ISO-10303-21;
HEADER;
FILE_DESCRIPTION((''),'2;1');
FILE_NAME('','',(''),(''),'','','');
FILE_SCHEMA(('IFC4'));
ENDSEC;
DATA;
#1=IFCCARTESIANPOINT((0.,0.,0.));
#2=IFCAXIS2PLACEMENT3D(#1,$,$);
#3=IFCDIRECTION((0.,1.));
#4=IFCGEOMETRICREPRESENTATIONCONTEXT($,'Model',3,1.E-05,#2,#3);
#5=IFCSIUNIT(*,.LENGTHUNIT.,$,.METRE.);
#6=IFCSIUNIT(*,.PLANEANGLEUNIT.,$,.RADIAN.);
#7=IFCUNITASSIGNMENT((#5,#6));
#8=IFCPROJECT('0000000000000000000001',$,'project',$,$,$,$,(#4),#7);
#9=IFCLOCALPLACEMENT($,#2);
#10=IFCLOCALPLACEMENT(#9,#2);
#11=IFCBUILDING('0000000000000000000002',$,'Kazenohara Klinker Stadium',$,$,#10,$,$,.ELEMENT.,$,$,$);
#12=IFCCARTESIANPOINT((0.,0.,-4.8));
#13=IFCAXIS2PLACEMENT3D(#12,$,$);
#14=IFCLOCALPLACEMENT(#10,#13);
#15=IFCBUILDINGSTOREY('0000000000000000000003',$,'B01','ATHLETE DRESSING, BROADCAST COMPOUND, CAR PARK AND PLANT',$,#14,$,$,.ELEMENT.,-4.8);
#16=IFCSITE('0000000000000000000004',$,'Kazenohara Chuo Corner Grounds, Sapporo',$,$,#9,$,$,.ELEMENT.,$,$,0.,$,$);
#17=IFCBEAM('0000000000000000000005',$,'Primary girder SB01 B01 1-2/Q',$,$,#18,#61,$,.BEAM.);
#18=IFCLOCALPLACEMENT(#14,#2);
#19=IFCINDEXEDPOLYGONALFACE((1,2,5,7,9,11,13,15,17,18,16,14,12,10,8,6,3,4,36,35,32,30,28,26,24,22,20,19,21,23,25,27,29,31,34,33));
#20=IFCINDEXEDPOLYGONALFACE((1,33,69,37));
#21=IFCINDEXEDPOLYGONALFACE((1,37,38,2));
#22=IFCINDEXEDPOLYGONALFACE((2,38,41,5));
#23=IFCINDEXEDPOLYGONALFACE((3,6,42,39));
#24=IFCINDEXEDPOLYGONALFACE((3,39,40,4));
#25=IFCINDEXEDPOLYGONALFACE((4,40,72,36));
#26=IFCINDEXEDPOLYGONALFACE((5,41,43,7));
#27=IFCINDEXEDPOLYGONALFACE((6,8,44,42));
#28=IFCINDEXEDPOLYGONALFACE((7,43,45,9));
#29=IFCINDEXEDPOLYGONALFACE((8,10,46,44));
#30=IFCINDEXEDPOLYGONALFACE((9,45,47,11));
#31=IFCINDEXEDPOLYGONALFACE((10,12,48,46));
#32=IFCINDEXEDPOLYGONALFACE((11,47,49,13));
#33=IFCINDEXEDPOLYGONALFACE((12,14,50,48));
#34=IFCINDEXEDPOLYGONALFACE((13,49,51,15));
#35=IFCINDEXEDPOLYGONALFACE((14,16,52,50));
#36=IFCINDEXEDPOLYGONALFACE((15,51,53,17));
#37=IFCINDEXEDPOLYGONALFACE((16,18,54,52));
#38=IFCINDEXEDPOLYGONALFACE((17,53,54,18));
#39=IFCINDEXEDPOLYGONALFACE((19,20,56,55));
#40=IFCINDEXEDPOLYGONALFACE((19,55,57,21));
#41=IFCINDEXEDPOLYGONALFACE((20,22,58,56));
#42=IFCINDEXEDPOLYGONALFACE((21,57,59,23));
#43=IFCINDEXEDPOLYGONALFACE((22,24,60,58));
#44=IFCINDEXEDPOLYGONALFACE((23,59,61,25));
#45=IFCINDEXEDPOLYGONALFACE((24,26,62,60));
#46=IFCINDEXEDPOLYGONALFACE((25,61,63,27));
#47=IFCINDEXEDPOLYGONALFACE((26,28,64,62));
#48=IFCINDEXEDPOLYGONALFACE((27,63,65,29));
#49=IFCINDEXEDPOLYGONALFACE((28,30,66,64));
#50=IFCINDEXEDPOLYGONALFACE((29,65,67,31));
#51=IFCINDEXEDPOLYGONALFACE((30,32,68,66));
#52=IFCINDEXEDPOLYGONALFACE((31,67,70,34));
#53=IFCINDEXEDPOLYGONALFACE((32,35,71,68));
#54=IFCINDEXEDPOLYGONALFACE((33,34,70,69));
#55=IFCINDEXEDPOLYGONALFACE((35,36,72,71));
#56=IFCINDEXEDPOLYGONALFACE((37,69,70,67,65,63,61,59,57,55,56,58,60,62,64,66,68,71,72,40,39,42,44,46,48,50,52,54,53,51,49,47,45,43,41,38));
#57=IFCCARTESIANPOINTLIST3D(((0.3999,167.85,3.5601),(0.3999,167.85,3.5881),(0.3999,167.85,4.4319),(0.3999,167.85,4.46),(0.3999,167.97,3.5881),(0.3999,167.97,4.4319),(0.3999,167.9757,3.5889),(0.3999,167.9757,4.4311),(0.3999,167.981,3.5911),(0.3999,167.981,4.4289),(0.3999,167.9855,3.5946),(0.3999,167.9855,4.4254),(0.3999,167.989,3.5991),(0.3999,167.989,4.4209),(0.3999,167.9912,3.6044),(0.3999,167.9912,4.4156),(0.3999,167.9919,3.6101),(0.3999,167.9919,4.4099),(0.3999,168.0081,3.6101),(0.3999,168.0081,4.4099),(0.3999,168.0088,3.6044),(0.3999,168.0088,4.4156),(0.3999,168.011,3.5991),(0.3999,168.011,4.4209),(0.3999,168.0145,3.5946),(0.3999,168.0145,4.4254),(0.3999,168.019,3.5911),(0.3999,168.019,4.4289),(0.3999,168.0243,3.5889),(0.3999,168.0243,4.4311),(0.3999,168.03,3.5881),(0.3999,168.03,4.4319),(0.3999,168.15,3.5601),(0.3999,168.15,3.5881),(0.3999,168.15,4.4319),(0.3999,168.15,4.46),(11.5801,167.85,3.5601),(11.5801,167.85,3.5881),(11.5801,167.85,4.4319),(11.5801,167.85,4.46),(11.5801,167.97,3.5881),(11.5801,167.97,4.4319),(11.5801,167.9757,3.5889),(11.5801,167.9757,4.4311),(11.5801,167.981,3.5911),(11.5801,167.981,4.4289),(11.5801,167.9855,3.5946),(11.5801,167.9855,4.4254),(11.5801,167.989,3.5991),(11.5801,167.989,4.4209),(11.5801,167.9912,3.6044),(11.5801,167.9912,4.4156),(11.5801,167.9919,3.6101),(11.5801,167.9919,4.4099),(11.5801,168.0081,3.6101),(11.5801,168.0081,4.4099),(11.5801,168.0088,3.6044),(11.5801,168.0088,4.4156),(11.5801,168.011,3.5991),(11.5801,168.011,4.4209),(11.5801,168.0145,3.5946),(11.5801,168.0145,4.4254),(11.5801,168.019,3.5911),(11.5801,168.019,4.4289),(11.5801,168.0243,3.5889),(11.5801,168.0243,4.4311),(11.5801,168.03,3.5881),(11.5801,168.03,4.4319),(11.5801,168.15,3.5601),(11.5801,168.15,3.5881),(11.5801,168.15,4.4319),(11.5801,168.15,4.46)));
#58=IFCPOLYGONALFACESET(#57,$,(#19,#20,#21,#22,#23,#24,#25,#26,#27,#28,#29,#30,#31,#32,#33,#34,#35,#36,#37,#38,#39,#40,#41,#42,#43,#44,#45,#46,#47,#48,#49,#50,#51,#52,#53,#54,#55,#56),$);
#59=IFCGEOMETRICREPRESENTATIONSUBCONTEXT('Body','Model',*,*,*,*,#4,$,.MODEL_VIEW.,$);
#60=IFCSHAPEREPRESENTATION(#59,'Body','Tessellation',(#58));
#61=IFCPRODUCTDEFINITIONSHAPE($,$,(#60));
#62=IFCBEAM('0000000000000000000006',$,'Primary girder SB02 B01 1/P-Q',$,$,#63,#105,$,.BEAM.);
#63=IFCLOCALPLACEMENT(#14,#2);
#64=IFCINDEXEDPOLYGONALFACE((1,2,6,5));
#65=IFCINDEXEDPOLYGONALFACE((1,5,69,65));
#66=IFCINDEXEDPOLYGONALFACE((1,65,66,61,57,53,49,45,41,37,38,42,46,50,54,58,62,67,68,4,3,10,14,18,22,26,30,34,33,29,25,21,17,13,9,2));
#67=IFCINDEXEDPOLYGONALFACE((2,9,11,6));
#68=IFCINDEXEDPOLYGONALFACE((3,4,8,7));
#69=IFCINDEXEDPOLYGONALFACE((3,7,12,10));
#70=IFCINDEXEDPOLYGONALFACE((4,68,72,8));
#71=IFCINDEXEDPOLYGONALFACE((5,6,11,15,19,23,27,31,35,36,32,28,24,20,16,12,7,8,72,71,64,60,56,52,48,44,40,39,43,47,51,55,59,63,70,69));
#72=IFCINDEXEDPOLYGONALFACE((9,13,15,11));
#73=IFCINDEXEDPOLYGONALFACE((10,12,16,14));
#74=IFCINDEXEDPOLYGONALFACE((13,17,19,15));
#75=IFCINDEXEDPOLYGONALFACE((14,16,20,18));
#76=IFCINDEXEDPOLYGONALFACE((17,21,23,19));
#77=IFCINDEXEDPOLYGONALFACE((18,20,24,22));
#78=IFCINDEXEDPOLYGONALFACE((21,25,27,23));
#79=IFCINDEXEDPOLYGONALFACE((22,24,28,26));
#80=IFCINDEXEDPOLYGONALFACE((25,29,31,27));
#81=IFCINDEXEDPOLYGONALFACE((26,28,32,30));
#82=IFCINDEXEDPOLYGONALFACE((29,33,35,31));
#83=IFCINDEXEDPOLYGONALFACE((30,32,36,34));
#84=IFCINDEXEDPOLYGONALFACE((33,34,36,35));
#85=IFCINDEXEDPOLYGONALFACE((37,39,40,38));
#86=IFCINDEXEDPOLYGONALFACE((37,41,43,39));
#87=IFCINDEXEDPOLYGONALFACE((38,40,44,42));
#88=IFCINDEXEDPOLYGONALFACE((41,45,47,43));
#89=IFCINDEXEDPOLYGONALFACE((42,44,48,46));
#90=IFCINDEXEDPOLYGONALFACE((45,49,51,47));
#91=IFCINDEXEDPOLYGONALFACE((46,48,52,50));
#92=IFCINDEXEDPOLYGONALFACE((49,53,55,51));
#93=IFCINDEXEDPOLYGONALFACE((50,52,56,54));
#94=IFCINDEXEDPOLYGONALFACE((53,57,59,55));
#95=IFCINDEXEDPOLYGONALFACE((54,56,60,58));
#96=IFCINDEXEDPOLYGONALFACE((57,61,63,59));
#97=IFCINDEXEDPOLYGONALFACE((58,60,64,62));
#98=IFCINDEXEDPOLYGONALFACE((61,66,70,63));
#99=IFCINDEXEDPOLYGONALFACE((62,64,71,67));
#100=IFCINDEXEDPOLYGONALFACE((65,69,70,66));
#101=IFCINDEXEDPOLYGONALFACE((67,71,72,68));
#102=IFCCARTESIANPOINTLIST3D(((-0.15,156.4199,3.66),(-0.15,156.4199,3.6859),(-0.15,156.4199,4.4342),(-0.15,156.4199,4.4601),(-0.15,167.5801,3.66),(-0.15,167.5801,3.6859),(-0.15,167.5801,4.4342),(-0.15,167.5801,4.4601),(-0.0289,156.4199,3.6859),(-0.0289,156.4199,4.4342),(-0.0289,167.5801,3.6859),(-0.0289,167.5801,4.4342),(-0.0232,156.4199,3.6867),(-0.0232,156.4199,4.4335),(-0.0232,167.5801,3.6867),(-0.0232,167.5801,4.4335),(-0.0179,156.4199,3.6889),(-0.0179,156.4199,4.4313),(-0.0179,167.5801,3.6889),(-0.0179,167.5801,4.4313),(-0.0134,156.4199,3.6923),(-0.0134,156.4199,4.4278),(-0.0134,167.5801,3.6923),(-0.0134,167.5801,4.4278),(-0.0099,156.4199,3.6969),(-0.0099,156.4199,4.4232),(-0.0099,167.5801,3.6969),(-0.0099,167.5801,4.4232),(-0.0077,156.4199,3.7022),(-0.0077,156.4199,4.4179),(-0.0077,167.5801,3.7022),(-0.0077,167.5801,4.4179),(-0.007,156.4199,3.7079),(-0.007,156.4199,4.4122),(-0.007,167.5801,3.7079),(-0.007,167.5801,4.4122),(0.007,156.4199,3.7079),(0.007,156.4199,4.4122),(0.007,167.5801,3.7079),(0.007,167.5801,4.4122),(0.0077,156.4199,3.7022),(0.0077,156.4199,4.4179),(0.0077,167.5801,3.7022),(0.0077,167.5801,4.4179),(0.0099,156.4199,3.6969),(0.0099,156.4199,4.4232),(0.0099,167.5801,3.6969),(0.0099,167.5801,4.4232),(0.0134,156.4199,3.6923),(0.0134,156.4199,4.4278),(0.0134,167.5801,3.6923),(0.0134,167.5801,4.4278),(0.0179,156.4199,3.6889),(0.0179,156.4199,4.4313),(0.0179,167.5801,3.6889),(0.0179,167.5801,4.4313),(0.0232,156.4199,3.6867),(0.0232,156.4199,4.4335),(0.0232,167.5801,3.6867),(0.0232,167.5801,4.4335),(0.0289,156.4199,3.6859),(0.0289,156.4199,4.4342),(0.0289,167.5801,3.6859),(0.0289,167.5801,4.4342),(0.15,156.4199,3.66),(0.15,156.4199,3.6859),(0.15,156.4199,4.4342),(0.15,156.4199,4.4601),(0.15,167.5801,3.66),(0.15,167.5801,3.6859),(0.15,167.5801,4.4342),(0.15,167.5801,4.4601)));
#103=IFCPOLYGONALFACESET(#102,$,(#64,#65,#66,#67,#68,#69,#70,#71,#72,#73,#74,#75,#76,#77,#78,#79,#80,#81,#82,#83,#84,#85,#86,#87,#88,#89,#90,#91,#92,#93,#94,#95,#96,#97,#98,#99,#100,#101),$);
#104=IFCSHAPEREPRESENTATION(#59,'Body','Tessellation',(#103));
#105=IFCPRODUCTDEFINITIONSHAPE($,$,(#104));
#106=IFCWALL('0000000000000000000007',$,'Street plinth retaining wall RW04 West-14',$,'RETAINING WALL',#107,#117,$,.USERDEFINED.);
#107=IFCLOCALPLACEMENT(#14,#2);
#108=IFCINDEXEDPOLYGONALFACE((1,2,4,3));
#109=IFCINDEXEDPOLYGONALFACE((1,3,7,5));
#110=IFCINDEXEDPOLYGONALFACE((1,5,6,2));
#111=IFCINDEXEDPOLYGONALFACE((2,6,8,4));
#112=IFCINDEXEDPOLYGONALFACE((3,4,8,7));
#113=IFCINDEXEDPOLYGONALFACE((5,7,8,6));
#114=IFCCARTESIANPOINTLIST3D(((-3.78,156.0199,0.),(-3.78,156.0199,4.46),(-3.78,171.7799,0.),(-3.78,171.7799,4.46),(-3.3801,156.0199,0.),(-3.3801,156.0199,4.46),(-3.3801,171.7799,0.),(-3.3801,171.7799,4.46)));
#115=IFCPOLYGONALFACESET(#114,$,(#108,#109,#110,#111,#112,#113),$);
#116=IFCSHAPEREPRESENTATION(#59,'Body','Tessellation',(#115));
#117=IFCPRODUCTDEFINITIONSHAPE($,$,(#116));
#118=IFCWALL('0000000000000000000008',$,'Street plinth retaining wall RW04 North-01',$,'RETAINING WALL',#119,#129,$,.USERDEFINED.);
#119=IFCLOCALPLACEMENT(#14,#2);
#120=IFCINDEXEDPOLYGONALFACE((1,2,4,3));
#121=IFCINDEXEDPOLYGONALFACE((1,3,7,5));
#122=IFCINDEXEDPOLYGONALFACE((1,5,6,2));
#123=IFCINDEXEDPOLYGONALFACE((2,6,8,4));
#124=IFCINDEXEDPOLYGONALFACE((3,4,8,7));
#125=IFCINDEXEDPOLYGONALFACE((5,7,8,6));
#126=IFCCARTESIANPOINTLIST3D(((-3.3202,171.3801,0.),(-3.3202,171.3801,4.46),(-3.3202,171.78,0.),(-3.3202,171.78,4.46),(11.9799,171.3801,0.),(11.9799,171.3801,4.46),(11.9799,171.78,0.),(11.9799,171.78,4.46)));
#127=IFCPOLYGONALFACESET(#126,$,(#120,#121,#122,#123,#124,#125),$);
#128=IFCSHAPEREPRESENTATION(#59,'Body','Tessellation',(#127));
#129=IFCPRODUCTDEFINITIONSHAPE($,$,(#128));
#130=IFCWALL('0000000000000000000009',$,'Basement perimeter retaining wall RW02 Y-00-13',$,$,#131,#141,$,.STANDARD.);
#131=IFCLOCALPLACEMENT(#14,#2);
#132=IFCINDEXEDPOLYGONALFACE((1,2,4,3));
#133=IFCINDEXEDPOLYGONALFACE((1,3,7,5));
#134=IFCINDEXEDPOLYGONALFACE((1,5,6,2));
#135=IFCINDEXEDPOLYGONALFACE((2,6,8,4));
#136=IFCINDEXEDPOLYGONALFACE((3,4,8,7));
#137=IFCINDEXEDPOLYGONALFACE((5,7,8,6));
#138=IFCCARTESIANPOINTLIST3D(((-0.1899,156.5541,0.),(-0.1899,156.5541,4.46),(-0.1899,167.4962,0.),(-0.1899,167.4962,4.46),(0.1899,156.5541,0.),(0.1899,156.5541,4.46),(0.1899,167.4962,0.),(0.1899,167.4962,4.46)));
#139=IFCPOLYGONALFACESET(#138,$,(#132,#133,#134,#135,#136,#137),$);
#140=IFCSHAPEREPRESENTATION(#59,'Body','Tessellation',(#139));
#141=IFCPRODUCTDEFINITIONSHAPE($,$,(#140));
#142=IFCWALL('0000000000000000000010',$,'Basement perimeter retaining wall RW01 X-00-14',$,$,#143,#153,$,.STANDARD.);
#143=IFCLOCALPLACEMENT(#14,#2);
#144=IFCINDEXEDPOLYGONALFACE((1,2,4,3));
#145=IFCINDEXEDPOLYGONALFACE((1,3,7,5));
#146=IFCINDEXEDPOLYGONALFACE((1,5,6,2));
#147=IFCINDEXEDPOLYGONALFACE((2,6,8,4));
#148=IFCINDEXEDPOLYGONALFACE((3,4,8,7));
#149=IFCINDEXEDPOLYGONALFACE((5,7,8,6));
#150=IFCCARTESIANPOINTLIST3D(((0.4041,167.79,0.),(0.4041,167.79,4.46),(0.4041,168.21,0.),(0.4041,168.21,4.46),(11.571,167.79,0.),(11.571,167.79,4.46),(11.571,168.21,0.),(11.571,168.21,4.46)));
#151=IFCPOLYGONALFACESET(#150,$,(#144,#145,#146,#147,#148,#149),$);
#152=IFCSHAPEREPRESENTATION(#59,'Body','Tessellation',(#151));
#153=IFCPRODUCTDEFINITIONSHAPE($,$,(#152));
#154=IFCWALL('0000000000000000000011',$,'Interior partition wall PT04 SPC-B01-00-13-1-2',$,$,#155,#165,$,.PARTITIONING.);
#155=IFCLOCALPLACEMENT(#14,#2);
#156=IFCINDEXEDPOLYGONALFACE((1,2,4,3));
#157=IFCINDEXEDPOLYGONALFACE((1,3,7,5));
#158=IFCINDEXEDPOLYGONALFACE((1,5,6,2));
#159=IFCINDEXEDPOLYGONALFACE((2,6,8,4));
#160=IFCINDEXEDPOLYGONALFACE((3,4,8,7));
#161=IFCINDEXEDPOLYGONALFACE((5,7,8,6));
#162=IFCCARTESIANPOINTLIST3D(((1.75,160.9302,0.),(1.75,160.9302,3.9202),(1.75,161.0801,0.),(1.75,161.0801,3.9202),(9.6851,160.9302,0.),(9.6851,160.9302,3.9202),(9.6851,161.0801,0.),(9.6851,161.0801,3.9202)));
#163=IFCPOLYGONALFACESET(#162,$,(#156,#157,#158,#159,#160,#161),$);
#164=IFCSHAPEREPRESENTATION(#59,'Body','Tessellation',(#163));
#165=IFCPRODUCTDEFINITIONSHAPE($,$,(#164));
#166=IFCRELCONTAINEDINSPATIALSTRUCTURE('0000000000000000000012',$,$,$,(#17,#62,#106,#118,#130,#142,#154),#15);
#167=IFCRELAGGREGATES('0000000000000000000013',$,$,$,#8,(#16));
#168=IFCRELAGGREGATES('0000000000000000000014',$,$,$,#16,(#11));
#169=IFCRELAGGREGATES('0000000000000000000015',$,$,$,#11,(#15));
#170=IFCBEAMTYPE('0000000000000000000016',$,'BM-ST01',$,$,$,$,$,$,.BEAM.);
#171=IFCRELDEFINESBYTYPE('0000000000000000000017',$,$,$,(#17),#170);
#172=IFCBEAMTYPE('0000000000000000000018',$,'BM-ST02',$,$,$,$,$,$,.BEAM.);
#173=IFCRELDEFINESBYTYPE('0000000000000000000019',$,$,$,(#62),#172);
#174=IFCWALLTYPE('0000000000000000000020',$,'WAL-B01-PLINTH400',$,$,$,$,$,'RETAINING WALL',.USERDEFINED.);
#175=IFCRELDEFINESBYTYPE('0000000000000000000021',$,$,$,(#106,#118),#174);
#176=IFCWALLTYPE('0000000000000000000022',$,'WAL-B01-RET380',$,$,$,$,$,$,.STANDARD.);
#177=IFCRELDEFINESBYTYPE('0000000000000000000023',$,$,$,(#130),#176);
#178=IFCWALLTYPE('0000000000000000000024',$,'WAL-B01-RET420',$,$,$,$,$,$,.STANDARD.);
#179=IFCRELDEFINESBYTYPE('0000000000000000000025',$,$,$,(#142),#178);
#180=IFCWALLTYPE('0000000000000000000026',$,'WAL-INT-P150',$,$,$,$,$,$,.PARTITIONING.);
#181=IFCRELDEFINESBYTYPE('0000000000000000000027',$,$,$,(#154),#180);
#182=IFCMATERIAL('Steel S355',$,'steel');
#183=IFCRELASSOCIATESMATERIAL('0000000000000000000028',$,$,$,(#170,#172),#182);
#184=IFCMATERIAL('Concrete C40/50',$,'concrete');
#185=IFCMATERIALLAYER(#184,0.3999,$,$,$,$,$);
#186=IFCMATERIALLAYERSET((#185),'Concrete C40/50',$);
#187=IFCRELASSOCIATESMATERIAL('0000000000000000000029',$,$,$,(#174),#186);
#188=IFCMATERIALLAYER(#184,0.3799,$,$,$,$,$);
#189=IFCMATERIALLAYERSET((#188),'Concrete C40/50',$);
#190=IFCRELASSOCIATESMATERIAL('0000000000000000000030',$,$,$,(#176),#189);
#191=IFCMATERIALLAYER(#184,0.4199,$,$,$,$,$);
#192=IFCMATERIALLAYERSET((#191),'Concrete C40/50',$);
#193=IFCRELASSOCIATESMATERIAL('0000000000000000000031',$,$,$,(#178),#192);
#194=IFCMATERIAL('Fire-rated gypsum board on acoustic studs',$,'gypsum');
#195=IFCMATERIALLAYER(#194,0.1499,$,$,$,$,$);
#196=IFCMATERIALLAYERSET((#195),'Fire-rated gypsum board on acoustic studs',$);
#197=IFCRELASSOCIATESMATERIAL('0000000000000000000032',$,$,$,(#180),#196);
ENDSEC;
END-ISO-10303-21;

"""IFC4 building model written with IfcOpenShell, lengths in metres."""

from ifc_helpers import new_model, si_unit, direction, frame, frame_2d, origin, origin_2d, place, context, subcontext, project, spatial, rectangle, i_section, extrude, material, layer, layer_set, material_profile, profile_set, type_object, element, save


model = new_model("IFC4")

# Units and contexts
model_context = context("Model", 3, precision=1e-05, world=origin(), true_north=direction((0.0, 1.0)))
body_context = subcontext(model_context, "Body", "Model", "MODEL_VIEW")
ifc_project = project(units=[si_unit("LENGTHUNIT", "METRE"), si_unit("PLANEANGLEUNIT", "RADIAN")], contexts=[model_context])

# Site, building, storey
site_placement = place(None, origin())
site = spatial("IfcSite", under=ifc_project, at=site_placement, Name="Kazenohara Chuo Corner Grounds, Sapporo", CompositionType="ELEMENT", RefElevation=0.0)
building_placement = place(site_placement, origin())
building = spatial("IfcBuilding", under=site, at=building_placement, Name="Kazenohara Klinker Stadium", CompositionType="ELEMENT")
storey_placement = place(building_placement, frame((0.0, 0.0, -4.8)))
storey = spatial("IfcBuildingStorey", under=building, at=storey_placement, Name="B01", Description="ATHLETE DRESSING, BROADCAST COMPOUND, CAR PARK AND PLANT", CompositionType="ELEMENT", Elevation=-4.8)

# Shared definitions
ifc_material_1 = material(Name="Concrete C40/50", Category="concrete")

# Beams
ifc_material_2 = material(Name="Steel S355", Category="steel")
ifc_material_profile_1 = material_profile(ifc_material_2, i_section(OverallWidth=0.3, OverallDepth=0.8999, WebThickness=0.0161, FlangeThickness=0.0281, FilletRadius=0.022, at=origin_2d()), Name="H-900x300x16x28")
ifc_profile_set_1 = profile_set([ifc_material_profile_1], Name="Steel S355")
beam_type_1 = type_object("IfcBeamType", Name="BM-ST01", PredefinedType="BEAM", material=ifc_profile_set_1)
beam_1_placement = place(storey_placement, frame((0.3999, 168.0, 4.01), z_axis=(1.0, 0.0, 0.0), x_axis=(0.0, 1.0, 0.0)))
element("IfcBeam", 1, at=beam_1_placement, inside=storey, type_object=beam_type_1, Name="Primary girder SB01 B01 1-2/Q", PredefinedType="BEAM", context=body_context, shape_type="SweptSolid", body=[
    extrude(i_section(OverallWidth=0.3, OverallDepth=0.8999, WebThickness=0.0161, FlangeThickness=0.0281, FilletRadius=0.022, at=origin_2d()), origin(), (0.0, 0.0, 1.0), 11.1802),
])
ifc_material_profile_2 = material_profile(ifc_material_2, i_section(OverallWidth=0.3, OverallDepth=0.8, WebThickness=0.0139, FlangeThickness=0.0259, FilletRadius=0.022, at=origin_2d()), Name="H-800x300x14x26")
ifc_profile_set_2 = profile_set([ifc_material_profile_2], Name="Steel S355")
beam_type_2 = type_object("IfcBeamType", Name="BM-ST02", PredefinedType="BEAM", material=ifc_profile_set_2)
beam_2_placement = place(storey_placement, frame((0.0, 156.4199, 4.0601), z_axis=(0.0, 1.0, 0.0), x_axis=(-1.0, 0.0, 0.0)))
element("IfcBeam", 2, at=beam_2_placement, inside=storey, type_object=beam_type_2, Name="Primary girder SB02 B01 1/P-Q", PredefinedType="BEAM", context=body_context, shape_type="SweptSolid", body=[
    extrude(i_section(OverallWidth=0.3, OverallDepth=0.8, WebThickness=0.0139, FlangeThickness=0.0259, FilletRadius=0.022, at=origin_2d()), origin(), (0.0, 0.0, 1.0), 11.1602),
])

# Walls
ifc_layer_1 = layer(ifc_material_1, 0.3999)
ifc_layer_set_1 = layer_set([ifc_layer_1], Name="Concrete C40/50")
wall_type_1 = type_object("IfcWallType", Name="WAL-B01-PLINTH400", ElementType="RETAINING WALL", PredefinedType="USERDEFINED", material=ifc_layer_set_1)
wall_1_placement = place(storey_placement, frame((-3.5801, 156.02, 0.0), z_axis=(0.0, 0.0, 1.0), x_axis=(0.0, 1.0, 0.0)))
element("IfcWall", 3, at=wall_1_placement, inside=storey, type_object=wall_type_1, Name="Street plinth retaining wall RW04 West-14", ObjectType="RETAINING WALL", PredefinedType="USERDEFINED", context=body_context, shape_type="SweptSolid", body=[
    extrude(rectangle(XDim=15.76, YDim=0.3999, at=frame_2d((7.8799, 0.0))), origin(), (0.0, 0.0, 1.0), 4.46),
])
wall_2_placement = place(storey_placement, frame((-3.3201, 171.5801, 0.0), z_axis=(0.0, 0.0, 1.0), x_axis=(1.0, 0.0, 0.0)))
element("IfcWall", 4, at=wall_2_placement, inside=storey, type_object=wall_type_1, Name="Street plinth retaining wall RW04 North-01", ObjectType="RETAINING WALL", PredefinedType="USERDEFINED", context=body_context, shape_type="SweptSolid", body=[
    extrude(rectangle(XDim=15.3, YDim=0.3999, at=frame_2d((7.6499, 0.0))), origin(), (0.0, 0.0, 1.0), 4.46),
])
ifc_layer_2 = layer(ifc_material_1, 0.3799)
ifc_layer_set_2 = layer_set([ifc_layer_2], Name="Concrete C40/50")
wall_type_2 = type_object("IfcWallType", Name="WAL-B01-RET380", PredefinedType="STANDARD", material=ifc_layer_set_2)
wall_3_placement = place(storey_placement, frame((0.0, 156.554, 0.0), z_axis=(0.0, 0.0, 1.0), x_axis=(0.0, 1.0, 0.0)))
element("IfcWall", 5, at=wall_3_placement, inside=storey, type_object=wall_type_2, Name="Basement perimeter retaining wall RW02 Y-00-13", PredefinedType="STANDARD", context=body_context, shape_type="SweptSolid", body=[
    extrude(rectangle(XDim=10.9421, YDim=0.3799, at=frame_2d((5.4712, 0.0))), origin(), (0.0, 0.0, 1.0), 4.46),
])
ifc_layer_3 = layer(ifc_material_1, 0.4199)
ifc_layer_set_3 = layer_set([ifc_layer_3], Name="Concrete C40/50")
wall_type_3 = type_object("IfcWallType", Name="WAL-B01-RET420", PredefinedType="STANDARD", material=ifc_layer_set_3)
wall_4_placement = place(storey_placement, frame((0.4041, 168.0, 0.0), z_axis=(0.0, 0.0, 1.0), x_axis=(1.0, 0.0, 0.0)))
element("IfcWall", 6, at=wall_4_placement, inside=storey, type_object=wall_type_3, Name="Basement perimeter retaining wall RW01 X-00-14", PredefinedType="STANDARD", context=body_context, shape_type="SweptSolid", body=[
    extrude(rectangle(XDim=11.167, YDim=0.4199, at=frame_2d((5.5835, 0.0))), origin(), (0.0, 0.0, 1.0), 4.46),
])
ifc_material_3 = material(Name="Fire-rated gypsum board on acoustic studs", Category="gypsum")
ifc_layer_4 = layer(ifc_material_3, 0.1499)
ifc_layer_set_4 = layer_set([ifc_layer_4], Name="Fire-rated gypsum board on acoustic studs")
wall_type_4 = type_object("IfcWallType", Name="WAL-INT-P150", PredefinedType="PARTITIONING", material=ifc_layer_set_4)
wall_5_placement = place(storey_placement, frame((1.75, 161.0051, 0.0), z_axis=(0.0, 0.0, 1.0), x_axis=(1.0, 0.0, 0.0)))
element("IfcWall", 7, at=wall_5_placement, inside=storey, type_object=wall_type_4, Name="Interior partition wall PT04 SPC-B01-00-13-1-2", PredefinedType="PARTITIONING", context=body_context, shape_type="SweptSolid", body=[
    extrude(rectangle(XDim=7.9351, YDim=0.1499, at=frame_2d((3.9675, 0.0))), origin(), (0.0, 0.0, 1.0), 3.9202),
])

save(model, "model.ifc")
